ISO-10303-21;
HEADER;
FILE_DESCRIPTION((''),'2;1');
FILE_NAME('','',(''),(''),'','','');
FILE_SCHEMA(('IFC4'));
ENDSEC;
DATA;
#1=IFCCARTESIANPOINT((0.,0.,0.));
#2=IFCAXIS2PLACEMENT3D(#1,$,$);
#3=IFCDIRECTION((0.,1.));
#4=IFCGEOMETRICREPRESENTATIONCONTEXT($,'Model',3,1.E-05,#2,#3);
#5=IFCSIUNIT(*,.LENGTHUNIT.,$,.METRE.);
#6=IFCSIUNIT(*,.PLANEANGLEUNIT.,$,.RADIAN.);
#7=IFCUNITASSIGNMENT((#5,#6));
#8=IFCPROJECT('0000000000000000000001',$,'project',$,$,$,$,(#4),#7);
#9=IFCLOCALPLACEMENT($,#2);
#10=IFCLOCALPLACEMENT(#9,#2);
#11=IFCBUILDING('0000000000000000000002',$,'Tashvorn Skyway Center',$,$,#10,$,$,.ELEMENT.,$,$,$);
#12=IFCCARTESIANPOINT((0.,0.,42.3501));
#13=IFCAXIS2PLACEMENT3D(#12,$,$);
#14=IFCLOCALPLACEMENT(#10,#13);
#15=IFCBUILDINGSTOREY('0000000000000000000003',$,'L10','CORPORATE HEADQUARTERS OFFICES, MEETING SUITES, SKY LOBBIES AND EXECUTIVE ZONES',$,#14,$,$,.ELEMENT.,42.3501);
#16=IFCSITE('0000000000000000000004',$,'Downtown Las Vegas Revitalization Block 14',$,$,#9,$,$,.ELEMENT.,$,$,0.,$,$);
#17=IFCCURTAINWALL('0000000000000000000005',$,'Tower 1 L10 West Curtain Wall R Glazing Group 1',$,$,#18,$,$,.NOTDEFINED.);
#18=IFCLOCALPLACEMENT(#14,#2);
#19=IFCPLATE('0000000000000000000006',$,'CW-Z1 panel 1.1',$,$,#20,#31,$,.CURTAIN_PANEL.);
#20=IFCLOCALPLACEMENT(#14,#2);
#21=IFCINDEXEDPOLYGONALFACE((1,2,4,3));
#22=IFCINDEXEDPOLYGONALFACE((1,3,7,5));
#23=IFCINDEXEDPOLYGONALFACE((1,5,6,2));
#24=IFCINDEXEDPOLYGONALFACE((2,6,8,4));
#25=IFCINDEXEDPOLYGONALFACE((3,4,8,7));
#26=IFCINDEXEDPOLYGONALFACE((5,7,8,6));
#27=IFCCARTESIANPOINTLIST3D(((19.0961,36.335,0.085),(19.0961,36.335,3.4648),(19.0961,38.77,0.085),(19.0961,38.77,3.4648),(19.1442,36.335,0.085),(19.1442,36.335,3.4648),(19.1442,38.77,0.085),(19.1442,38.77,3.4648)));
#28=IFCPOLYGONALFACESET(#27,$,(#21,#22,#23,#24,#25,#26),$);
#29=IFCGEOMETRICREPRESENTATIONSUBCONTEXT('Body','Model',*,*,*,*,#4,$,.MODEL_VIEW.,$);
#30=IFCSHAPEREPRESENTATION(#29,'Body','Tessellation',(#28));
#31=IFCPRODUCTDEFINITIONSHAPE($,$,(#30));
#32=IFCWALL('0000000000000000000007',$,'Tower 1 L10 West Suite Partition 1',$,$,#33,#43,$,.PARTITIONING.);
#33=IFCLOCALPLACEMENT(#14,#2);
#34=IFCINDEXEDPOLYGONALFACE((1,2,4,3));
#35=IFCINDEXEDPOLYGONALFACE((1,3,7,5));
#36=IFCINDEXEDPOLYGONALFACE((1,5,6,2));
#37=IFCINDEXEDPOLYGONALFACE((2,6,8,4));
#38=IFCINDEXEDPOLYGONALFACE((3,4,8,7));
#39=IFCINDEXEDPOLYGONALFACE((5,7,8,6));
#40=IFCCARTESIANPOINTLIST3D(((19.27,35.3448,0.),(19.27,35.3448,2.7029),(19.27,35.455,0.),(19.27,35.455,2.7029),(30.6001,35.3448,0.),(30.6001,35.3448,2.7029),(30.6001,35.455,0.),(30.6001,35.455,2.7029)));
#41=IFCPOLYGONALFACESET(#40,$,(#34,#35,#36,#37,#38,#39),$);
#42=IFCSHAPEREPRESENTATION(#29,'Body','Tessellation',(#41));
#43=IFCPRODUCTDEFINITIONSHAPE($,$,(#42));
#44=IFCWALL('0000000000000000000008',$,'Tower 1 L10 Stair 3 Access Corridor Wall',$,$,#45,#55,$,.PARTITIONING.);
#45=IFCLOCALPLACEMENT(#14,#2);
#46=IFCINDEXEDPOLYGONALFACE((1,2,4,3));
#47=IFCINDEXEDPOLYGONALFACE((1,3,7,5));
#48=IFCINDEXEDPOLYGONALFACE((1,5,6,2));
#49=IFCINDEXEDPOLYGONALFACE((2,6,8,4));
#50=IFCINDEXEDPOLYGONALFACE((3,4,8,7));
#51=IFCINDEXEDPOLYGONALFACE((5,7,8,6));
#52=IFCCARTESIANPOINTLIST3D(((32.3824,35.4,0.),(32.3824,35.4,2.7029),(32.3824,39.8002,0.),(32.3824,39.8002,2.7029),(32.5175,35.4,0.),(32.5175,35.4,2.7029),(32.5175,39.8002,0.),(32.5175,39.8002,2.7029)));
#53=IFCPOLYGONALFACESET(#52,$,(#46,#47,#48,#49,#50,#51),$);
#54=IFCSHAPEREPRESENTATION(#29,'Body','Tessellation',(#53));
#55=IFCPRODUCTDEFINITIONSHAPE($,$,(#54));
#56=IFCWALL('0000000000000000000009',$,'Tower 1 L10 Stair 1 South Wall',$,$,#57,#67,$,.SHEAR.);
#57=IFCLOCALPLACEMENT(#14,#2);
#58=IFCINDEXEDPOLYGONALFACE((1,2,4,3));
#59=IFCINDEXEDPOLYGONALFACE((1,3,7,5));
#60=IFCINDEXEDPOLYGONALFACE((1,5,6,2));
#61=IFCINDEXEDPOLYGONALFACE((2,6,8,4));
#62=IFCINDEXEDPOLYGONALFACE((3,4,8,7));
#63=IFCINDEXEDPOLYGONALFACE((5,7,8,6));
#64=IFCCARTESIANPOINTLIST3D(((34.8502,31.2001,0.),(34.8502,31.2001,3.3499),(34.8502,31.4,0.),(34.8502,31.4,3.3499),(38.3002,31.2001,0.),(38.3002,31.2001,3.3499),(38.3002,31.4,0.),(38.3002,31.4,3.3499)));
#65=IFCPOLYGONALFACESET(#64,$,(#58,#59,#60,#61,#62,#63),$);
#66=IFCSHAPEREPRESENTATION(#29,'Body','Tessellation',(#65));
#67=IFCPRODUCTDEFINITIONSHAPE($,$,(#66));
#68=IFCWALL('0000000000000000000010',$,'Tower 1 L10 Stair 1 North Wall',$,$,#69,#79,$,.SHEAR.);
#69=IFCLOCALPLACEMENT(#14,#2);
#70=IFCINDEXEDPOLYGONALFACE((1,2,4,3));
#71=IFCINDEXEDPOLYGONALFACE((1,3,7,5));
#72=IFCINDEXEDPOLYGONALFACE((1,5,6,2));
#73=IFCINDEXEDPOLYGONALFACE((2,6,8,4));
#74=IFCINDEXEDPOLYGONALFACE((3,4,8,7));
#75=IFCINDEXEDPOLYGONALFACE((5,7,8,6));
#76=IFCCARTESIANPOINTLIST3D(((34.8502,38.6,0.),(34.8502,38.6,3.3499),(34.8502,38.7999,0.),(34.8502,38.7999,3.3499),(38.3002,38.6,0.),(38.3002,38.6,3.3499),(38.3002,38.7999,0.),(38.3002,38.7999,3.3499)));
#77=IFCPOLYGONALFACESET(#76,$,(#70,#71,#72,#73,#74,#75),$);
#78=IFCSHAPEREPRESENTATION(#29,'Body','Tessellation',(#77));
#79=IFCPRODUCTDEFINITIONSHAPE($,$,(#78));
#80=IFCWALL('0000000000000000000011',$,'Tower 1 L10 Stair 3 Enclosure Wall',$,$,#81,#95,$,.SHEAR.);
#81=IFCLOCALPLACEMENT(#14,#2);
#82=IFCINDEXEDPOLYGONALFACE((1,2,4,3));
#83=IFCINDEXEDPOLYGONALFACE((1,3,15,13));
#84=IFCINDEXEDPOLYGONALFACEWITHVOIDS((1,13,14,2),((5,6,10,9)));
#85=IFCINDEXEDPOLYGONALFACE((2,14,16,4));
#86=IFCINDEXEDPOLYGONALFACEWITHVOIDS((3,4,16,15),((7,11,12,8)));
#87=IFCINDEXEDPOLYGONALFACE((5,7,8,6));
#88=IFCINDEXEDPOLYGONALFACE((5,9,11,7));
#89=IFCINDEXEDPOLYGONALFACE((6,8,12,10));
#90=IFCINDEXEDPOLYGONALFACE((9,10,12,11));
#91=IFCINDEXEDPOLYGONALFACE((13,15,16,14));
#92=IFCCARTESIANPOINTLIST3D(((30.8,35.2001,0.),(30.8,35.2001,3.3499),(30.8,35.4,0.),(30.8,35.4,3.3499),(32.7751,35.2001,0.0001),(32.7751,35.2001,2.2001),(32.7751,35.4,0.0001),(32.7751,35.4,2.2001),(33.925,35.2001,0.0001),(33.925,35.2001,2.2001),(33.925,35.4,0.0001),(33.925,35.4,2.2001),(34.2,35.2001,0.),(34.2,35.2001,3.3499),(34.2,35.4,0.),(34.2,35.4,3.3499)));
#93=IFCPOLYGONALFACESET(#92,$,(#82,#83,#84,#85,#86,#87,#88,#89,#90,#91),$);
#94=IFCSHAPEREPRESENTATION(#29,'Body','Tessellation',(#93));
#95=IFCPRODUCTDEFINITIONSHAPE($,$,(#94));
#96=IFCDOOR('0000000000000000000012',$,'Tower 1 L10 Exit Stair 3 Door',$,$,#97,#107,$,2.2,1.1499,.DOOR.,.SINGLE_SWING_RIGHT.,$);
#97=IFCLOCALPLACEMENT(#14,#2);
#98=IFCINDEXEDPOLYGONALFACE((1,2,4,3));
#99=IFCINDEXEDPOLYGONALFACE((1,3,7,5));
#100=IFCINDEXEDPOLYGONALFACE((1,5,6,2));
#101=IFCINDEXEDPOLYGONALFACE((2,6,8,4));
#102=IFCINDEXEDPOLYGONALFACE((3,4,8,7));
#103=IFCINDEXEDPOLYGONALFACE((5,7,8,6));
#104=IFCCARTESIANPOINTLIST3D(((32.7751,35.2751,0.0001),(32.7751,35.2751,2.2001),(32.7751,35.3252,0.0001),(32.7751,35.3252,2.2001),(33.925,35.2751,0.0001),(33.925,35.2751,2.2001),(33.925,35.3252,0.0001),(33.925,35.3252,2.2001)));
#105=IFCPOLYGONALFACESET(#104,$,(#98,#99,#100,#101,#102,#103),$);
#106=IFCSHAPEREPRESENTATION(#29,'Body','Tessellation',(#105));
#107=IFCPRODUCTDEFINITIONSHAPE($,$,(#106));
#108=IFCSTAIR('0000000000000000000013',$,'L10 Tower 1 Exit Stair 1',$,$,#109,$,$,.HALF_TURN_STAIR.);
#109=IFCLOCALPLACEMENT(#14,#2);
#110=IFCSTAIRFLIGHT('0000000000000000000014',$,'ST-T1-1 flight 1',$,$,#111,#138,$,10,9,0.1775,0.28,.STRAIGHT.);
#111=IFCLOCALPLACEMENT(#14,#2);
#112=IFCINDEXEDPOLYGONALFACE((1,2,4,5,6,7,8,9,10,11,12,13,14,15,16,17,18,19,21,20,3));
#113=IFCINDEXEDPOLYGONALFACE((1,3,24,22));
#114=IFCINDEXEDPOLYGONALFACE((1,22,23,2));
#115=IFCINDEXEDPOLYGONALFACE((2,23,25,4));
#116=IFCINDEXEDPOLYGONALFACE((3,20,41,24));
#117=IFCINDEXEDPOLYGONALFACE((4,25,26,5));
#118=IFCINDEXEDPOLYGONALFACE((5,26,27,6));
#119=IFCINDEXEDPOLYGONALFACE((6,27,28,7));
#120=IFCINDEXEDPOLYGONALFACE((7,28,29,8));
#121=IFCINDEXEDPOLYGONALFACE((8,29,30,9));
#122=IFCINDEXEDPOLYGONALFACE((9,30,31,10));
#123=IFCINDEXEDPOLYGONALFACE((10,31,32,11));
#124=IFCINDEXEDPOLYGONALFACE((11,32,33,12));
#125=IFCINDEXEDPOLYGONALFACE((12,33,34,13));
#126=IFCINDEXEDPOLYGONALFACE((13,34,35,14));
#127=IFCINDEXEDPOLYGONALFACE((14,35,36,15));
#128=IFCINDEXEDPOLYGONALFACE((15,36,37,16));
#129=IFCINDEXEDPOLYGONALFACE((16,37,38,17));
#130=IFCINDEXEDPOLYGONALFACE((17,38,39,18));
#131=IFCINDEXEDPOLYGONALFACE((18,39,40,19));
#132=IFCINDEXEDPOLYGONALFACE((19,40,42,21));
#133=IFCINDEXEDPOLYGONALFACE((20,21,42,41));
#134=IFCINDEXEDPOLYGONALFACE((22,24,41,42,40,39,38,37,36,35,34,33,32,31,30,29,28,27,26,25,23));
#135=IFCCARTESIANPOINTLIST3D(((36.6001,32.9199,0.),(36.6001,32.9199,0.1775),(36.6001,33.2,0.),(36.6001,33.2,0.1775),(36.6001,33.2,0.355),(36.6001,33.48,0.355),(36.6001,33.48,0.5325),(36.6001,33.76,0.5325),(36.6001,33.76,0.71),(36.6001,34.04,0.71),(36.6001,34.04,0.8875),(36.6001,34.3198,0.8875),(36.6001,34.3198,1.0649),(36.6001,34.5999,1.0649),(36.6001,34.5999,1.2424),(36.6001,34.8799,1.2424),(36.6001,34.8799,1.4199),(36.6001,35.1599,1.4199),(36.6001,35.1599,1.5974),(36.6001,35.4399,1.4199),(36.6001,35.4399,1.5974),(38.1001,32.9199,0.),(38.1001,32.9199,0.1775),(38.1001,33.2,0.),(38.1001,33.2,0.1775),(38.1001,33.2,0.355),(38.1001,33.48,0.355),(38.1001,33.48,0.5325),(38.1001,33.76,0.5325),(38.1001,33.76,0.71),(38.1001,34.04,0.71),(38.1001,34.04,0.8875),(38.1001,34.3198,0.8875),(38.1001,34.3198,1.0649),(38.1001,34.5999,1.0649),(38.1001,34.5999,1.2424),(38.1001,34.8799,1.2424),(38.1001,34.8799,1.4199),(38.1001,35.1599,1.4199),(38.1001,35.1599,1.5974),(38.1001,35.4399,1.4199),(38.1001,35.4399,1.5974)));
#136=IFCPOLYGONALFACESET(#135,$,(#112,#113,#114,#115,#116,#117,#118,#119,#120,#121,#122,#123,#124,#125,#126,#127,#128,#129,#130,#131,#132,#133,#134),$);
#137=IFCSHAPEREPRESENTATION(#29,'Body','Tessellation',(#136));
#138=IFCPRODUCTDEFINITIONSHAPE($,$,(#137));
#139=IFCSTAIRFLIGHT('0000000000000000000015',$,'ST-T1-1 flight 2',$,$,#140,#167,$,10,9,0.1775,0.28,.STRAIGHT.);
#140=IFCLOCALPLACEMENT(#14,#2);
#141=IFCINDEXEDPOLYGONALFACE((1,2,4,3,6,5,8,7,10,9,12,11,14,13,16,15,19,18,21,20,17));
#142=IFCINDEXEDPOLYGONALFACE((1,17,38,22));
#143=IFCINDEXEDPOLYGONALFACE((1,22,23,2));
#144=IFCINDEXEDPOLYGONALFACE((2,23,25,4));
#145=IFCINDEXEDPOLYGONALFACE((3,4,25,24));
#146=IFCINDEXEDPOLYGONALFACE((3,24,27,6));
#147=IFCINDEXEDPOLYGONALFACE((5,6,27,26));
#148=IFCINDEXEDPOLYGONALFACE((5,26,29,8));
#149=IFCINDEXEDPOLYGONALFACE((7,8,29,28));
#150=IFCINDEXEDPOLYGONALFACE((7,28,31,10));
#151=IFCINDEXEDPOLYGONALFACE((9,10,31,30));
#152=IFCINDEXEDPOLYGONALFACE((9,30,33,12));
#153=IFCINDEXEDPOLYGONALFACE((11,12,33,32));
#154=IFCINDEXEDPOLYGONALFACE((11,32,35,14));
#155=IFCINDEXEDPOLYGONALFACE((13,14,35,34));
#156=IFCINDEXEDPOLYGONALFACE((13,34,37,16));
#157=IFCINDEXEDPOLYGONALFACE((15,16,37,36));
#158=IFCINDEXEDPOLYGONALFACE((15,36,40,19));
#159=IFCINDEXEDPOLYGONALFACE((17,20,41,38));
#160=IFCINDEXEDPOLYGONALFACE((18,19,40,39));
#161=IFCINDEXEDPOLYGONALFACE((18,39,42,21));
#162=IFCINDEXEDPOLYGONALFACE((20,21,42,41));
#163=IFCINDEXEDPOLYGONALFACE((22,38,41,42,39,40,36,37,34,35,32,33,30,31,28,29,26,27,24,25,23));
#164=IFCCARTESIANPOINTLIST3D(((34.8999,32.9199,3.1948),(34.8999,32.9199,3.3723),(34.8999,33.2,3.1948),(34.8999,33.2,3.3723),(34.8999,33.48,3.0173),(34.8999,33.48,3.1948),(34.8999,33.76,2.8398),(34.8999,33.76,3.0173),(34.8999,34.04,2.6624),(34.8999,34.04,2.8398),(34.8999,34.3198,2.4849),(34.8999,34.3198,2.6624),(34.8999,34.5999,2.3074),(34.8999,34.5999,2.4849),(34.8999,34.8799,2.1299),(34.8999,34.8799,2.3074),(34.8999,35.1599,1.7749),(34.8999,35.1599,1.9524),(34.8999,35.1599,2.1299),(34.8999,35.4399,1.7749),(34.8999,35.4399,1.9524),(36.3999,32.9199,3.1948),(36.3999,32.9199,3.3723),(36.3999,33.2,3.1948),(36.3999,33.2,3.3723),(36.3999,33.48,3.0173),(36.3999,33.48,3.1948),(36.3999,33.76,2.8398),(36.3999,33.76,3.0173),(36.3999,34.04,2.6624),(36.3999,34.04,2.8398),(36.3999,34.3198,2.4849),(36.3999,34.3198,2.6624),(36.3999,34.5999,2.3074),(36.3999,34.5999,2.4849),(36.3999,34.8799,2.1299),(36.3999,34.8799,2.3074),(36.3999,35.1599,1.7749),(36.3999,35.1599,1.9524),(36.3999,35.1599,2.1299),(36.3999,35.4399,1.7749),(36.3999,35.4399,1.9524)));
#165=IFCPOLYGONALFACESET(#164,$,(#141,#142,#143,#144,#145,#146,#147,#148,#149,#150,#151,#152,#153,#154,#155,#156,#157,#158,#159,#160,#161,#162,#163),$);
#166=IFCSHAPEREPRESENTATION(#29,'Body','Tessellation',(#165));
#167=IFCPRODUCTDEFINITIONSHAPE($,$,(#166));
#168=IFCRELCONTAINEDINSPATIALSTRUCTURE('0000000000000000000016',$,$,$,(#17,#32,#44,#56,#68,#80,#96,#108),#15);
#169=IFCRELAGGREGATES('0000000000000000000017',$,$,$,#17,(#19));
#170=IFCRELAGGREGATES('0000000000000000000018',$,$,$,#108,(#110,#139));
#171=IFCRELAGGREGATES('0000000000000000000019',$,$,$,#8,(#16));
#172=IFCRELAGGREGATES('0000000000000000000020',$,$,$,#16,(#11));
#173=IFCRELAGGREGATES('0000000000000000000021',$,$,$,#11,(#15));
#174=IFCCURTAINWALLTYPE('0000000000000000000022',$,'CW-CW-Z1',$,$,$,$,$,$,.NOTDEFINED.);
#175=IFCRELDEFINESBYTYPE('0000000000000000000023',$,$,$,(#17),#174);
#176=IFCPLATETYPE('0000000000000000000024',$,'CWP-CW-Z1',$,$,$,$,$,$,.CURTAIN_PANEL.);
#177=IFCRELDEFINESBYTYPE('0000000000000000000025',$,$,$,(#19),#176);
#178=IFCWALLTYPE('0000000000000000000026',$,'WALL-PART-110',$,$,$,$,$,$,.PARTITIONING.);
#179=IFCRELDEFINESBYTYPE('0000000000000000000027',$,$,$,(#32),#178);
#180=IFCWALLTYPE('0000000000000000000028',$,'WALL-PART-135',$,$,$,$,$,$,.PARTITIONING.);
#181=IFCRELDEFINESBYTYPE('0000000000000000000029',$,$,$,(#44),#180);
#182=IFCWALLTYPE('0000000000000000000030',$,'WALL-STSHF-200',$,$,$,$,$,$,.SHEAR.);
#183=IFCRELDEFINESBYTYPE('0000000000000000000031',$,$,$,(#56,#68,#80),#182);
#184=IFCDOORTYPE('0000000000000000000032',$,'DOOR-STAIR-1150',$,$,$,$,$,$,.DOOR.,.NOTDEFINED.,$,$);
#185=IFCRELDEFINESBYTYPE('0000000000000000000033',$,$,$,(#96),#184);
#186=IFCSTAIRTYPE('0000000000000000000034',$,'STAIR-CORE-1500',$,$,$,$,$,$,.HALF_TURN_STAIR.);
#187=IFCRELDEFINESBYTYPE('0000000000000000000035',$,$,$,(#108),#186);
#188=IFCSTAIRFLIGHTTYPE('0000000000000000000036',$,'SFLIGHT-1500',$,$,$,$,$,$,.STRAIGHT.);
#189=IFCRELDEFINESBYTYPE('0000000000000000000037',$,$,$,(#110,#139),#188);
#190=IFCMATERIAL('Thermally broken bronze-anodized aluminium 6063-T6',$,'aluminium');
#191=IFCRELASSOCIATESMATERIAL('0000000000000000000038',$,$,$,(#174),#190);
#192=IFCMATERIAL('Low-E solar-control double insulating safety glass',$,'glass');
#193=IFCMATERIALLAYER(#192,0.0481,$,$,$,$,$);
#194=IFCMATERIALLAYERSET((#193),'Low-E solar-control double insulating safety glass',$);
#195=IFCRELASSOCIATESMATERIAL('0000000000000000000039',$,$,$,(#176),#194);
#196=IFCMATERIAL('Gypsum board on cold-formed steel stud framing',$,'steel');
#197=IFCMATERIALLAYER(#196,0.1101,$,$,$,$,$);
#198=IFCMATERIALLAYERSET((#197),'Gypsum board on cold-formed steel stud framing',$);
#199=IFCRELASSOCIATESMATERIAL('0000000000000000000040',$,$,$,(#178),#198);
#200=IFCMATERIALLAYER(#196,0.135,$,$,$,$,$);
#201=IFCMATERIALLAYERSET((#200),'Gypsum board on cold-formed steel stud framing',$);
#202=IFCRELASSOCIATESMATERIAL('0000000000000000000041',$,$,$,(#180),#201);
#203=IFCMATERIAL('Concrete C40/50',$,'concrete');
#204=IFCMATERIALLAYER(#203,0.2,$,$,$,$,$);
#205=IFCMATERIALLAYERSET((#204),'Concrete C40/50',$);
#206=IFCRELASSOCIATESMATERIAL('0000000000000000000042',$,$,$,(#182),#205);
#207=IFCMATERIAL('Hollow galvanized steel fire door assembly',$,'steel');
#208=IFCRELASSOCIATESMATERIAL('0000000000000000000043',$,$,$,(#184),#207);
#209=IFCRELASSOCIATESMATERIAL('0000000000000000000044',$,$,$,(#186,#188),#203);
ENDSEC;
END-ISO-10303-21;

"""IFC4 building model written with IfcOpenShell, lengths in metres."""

from ifc_helpers import new_model, si_unit, direction, frame, frame_2d, origin, origin_2d, place, context, subcontext, project, spatial, polyline, rectangle, outline, extrude, material, layer, layer_set, type_object, element, fill, aggregate, save


model = new_model("IFC4")

# Units and contexts
model_context = context("Model", 3, precision=1e-05, world=origin(), true_north=direction((0.0, 1.0)))
body_context = subcontext(model_context, "Body", "Model", "MODEL_VIEW")
ifc_project = project(units=[si_unit("LENGTHUNIT", "METRE"), si_unit("PLANEANGLEUNIT", "RADIAN")], contexts=[model_context])

# Site, building, storey
site_placement = place(None, origin())
site = spatial("IfcSite", under=ifc_project, at=site_placement, Name="Downtown Las Vegas Revitalization Block 14", CompositionType="ELEMENT", RefElevation=0.0)
building_placement = place(site_placement, origin())
building = spatial("IfcBuilding", under=site, at=building_placement, Name="Tashvorn Skyway Center", CompositionType="ELEMENT")
storey_placement = place(building_placement, frame((0.0, 0.0, 42.3501)))
storey = spatial("IfcBuildingStorey", under=building, at=storey_placement, Name="L10", Description="CORPORATE HEADQUARTERS OFFICES, MEETING SUITES, SKY LOBBIES AND EXECUTIVE ZONES", CompositionType="ELEMENT", Elevation=42.3501)

# Curtain wall, plate
ifc_material_1 = material(Name="Thermally broken bronze-anodized aluminium 6063-T6", Category="aluminium")
curtain_wall_type = type_object("IfcCurtainWallType", Name="CW-CW-Z1", PredefinedType="NOTDEFINED", material=ifc_material_1)
curtain_wall_placement = place(storey_placement, origin())
curtain_wall = element("IfcCurtainWall", 1, at=curtain_wall_placement, inside=storey, type_object=curtain_wall_type, Name="Tower 1 L10 West Curtain Wall R Glazing Group 1", PredefinedType="NOTDEFINED")
ifc_material_2 = material(Name="Low-E solar-control double insulating safety glass", Category="glass")
ifc_layer_1 = layer(ifc_material_2, 0.0481)
ifc_layer_set_1 = layer_set([ifc_layer_1], Name="Low-E solar-control double insulating safety glass")
plate_type = type_object("IfcPlateType", Name="CWP-CW-Z1", PredefinedType="CURTAIN_PANEL", material=ifc_layer_set_1)
plate_placement = place(storey_placement, frame((19.1201, 37.5525, 0.085), z_axis=(0.0, 0.0, 1.0), x_axis=(0.0, 1.0, 0.0)))
plate = element("IfcPlate", 2, at=plate_placement, type_object=plate_type, Name="CW-Z1 panel 1.1", PredefinedType="CURTAIN_PANEL", context=body_context, shape_type="SweptSolid", body=[
    extrude(rectangle(XDim=2.4351, YDim=0.0481, at=origin_2d()), origin(), (0.0, 0.0, 1.0), 3.3799),
])
aggregate(curtain_wall, [plate])

# Walls
ifc_material_3 = material(Name="Gypsum board on cold-formed steel stud framing", Category="steel")
ifc_layer_2 = layer(ifc_material_3, 0.1101)
ifc_layer_set_2 = layer_set([ifc_layer_2], Name="Gypsum board on cold-formed steel stud framing")
wall_type_1 = type_object("IfcWallType", Name="WALL-PART-110", PredefinedType="PARTITIONING", material=ifc_layer_set_2)
wall_1_placement = place(storey_placement, frame((30.6001, 35.3999, 0.0), z_axis=(0.0, 0.0, 1.0), x_axis=(-1.0, 0.0, 0.0)))
element("IfcWall", 3, at=wall_1_placement, inside=storey, type_object=wall_type_1, Name="Tower 1 L10 West Suite Partition 1", PredefinedType="PARTITIONING", context=body_context, shape_type="SweptSolid", body=[
    extrude(rectangle(XDim=11.3301, YDim=0.1101, at=frame_2d((5.665, 0.0))), origin(), (0.0, 0.0, 1.0), 2.7029),
])
ifc_layer_3 = layer(ifc_material_3, 0.135)
ifc_layer_set_3 = layer_set([ifc_layer_3], Name="Gypsum board on cold-formed steel stud framing")
wall_type_2 = type_object("IfcWallType", Name="WALL-PART-135", PredefinedType="PARTITIONING", material=ifc_layer_set_3)
wall_2_placement = place(storey_placement, frame((32.45, 35.3999, 0.0), z_axis=(0.0, 0.0, 1.0), x_axis=(0.0, 1.0, 0.0)))
element("IfcWall", 4, at=wall_2_placement, inside=storey, type_object=wall_type_2, Name="Tower 1 L10 Stair 3 Access Corridor Wall", PredefinedType="PARTITIONING", context=body_context, shape_type="SweptSolid", body=[
    extrude(rectangle(XDim=4.4001, YDim=0.135, at=frame_2d((2.2002, 0.0))), origin(), (0.0, 0.0, 1.0), 2.7029),
])
ifc_material_4 = material(Name="Concrete C40/50", Category="concrete")
ifc_layer_4 = layer(ifc_material_4, 0.2)
ifc_layer_set_4 = layer_set([ifc_layer_4], Name="Concrete C40/50")
wall_type_3 = type_object("IfcWallType", Name="WALL-STSHF-200", PredefinedType="SHEAR", material=ifc_layer_set_4)
for number, where, z_axis, x_axis, name in (
    (5, (34.8501, 31.3, 0.0), (0.0, 0.0, 1.0), (1.0, 0.0, 0.0), "Tower 1 L10 Stair 1 South Wall"),
    (6, (34.8501, 38.7, 0.0), (0.0, 0.0, 1.0), (1.0, 0.0, 0.0), "Tower 1 L10 Stair 1 North Wall"),
):
    element("IfcWall", number, at=place(storey_placement, frame(where, z_axis=z_axis, x_axis=x_axis)), inside=storey, type_object=wall_type_3, Name=name, PredefinedType="SHEAR", context=body_context, shape_type="SweptSolid", body=[
        extrude(rectangle(XDim=3.45, YDim=0.2, at=frame_2d((1.7251, 0.0))), origin(), (0.0, 0.0, 1.0), 3.3499),
    ])

# Wall, opening, door
wall_3_placement = place(storey_placement, frame((34.2, 35.3, 0.0), z_axis=(0.0, 0.0, 1.0), x_axis=(-1.0, 0.0, 0.0)))
wall_3 = element("IfcWall", 7, at=wall_3_placement, inside=storey, type_object=wall_type_3, Name="Tower 1 L10 Stair 3 Enclosure Wall", PredefinedType="SHEAR", context=body_context, shape_type="SweptSolid", body=[
    extrude(rectangle(XDim=3.3999, YDim=0.2, at=frame_2d((1.7, 0.0))), origin(), (0.0, 0.0, 1.0), 3.3499),
])
opening_placement = place(wall_3_placement, frame((0.2749, 0.0, 0.0)))
opening = element("IfcOpeningElement", 8, at=opening_placement, cuts=wall_3, PredefinedType="OPENING", context=body_context, shape_type="SweptSolid", body=[
    extrude(rectangle(XDim=1.1499, YDim=2.2, at=frame_2d((0.575, 1.1001))), frame((0.0, 0.1099, 0.0), z_axis=(0.0, -1.0, 0.0), x_axis=(1.0, 0.0, 0.0)), (0.0, 0.0, 1.0), 0.22),
])
ifc_material_5 = material(Name="Hollow galvanized steel fire door assembly", Category="steel")
door_type = type_object("IfcDoorType", Name="DOOR-STAIR-1150", OperationType="NOTDEFINED", PredefinedType="DOOR", material=ifc_material_5)
door_placement = place(opening_placement, origin())
door = element("IfcDoor", 9, at=door_placement, inside=storey, type_object=door_type, Name="Tower 1 L10 Exit Stair 3 Door", OperationType="SINGLE_SWING_RIGHT", OverallHeight=2.2, OverallWidth=1.1499, PredefinedType="DOOR", context=body_context, shape_type="SweptSolid", body=[
    extrude(rectangle(XDim=1.1499, YDim=2.2, at=frame_2d((0.575, 1.1001))), frame((0.0, 0.0249, 0.0), z_axis=(0.0, -1.0, 0.0), x_axis=(1.0, 0.0, 0.0)), (0.0, 0.0, 1.0), 0.05),
])
fill(opening, door)

# Stair, stair flights
stair_type = type_object("IfcStairType", Name="STAIR-CORE-1500", PredefinedType="HALF_TURN_STAIR", material=ifc_material_4)
stair_1_placement = place(storey_placement, origin())
stair_1 = element("IfcStair", 10, at=stair_1_placement, inside=storey, type_object=stair_type, Name="L10 Tower 1 Exit Stair 1", PredefinedType="HALF_TURN_STAIR")
stair_flight_type = type_object("IfcStairFlightType", Name="SFLIGHT-1500", PredefinedType="STRAIGHT", material=ifc_material_4)
stair_flight_1_placement = place(storey_placement, frame((37.3501, 32.9199, 0.0), z_axis=(0.0, 0.0, 1.0), x_axis=(0.0, 1.0, 0.0)))
stair_flight_1 = element("IfcStairFlight", 11, at=stair_flight_1_placement, type_object=stair_flight_type, Name="ST-T1-1 flight 1", NumberOfRisers=10, NumberOfTreads=9, PredefinedType="STRAIGHT", RiserHeight=0.1775, TreadLength=0.28, context=body_context, shape_type="SweptSolid", body=[
    extrude(outline(polyline([(0.0, 0.0), (0.0, 0.1775), (0.28, 0.1775), (0.28, 0.355), (0.5601, 0.355), (0.5601, 0.5325), (0.8401, 0.5325), (0.8401, 0.71), (1.1201, 0.71), (1.1201, 0.8875), (1.3999, 0.8875), (1.3999, 1.0649), (1.6799, 1.0649), (1.6799, 1.2424), (1.96, 1.2424), (1.96, 1.4199), (2.24, 1.4199), (2.24, 1.5974), (2.52, 1.5974), (2.52, 1.7749), (2.52, 1.4199), (0.28, 0.0), (0.0, 0.0)])), frame((0.0, 0.75, 0.0), z_axis=(0.0, -1.0, 0.0), x_axis=(1.0, 0.0, 0.0)), (0.0, 0.0, 1.0), 1.5),
])
stair_flight_2_placement = place(storey_placement, frame((35.6499, 35.4399, 1.7749), z_axis=(0.0, 0.0, 1.0), x_axis=(0.0, -1.0, 0.0)))
stair_flight_2 = element("IfcStairFlight", 12, at=stair_flight_2_placement, type_object=stair_flight_type, Name="ST-T1-1 flight 2", NumberOfRisers=10, NumberOfTreads=9, PredefinedType="STRAIGHT", RiserHeight=0.1775, TreadLength=0.28, context=body_context, shape_type="SweptSolid", body=[
    extrude(outline(polyline([(0.0, 0.0), (0.0, 0.1775), (0.28, 0.1775), (0.28, 0.355), (0.5601, 0.355), (0.5601, 0.5325), (0.8401, 0.5325), (0.8401, 0.71), (1.1201, 0.71), (1.1201, 0.8875), (1.3999, 0.8875), (1.3999, 1.0649), (1.6799, 1.0649), (1.6799, 1.2424), (1.96, 1.2424), (1.96, 1.4199), (2.24, 1.4199), (2.24, 1.5974), (2.52, 1.5974), (2.52, 1.7749), (2.52, 1.4199), (0.28, 0.0), (0.0, 0.0)])), frame((0.0, 0.75, 0.0), z_axis=(0.0, -1.0, 0.0), x_axis=(1.0, 0.0, 0.0)), (0.0, 0.0, 1.0), 1.5),
])
aggregate(stair_1, [stair_flight_1, stair_flight_2])

save(model, "model.ifc")
